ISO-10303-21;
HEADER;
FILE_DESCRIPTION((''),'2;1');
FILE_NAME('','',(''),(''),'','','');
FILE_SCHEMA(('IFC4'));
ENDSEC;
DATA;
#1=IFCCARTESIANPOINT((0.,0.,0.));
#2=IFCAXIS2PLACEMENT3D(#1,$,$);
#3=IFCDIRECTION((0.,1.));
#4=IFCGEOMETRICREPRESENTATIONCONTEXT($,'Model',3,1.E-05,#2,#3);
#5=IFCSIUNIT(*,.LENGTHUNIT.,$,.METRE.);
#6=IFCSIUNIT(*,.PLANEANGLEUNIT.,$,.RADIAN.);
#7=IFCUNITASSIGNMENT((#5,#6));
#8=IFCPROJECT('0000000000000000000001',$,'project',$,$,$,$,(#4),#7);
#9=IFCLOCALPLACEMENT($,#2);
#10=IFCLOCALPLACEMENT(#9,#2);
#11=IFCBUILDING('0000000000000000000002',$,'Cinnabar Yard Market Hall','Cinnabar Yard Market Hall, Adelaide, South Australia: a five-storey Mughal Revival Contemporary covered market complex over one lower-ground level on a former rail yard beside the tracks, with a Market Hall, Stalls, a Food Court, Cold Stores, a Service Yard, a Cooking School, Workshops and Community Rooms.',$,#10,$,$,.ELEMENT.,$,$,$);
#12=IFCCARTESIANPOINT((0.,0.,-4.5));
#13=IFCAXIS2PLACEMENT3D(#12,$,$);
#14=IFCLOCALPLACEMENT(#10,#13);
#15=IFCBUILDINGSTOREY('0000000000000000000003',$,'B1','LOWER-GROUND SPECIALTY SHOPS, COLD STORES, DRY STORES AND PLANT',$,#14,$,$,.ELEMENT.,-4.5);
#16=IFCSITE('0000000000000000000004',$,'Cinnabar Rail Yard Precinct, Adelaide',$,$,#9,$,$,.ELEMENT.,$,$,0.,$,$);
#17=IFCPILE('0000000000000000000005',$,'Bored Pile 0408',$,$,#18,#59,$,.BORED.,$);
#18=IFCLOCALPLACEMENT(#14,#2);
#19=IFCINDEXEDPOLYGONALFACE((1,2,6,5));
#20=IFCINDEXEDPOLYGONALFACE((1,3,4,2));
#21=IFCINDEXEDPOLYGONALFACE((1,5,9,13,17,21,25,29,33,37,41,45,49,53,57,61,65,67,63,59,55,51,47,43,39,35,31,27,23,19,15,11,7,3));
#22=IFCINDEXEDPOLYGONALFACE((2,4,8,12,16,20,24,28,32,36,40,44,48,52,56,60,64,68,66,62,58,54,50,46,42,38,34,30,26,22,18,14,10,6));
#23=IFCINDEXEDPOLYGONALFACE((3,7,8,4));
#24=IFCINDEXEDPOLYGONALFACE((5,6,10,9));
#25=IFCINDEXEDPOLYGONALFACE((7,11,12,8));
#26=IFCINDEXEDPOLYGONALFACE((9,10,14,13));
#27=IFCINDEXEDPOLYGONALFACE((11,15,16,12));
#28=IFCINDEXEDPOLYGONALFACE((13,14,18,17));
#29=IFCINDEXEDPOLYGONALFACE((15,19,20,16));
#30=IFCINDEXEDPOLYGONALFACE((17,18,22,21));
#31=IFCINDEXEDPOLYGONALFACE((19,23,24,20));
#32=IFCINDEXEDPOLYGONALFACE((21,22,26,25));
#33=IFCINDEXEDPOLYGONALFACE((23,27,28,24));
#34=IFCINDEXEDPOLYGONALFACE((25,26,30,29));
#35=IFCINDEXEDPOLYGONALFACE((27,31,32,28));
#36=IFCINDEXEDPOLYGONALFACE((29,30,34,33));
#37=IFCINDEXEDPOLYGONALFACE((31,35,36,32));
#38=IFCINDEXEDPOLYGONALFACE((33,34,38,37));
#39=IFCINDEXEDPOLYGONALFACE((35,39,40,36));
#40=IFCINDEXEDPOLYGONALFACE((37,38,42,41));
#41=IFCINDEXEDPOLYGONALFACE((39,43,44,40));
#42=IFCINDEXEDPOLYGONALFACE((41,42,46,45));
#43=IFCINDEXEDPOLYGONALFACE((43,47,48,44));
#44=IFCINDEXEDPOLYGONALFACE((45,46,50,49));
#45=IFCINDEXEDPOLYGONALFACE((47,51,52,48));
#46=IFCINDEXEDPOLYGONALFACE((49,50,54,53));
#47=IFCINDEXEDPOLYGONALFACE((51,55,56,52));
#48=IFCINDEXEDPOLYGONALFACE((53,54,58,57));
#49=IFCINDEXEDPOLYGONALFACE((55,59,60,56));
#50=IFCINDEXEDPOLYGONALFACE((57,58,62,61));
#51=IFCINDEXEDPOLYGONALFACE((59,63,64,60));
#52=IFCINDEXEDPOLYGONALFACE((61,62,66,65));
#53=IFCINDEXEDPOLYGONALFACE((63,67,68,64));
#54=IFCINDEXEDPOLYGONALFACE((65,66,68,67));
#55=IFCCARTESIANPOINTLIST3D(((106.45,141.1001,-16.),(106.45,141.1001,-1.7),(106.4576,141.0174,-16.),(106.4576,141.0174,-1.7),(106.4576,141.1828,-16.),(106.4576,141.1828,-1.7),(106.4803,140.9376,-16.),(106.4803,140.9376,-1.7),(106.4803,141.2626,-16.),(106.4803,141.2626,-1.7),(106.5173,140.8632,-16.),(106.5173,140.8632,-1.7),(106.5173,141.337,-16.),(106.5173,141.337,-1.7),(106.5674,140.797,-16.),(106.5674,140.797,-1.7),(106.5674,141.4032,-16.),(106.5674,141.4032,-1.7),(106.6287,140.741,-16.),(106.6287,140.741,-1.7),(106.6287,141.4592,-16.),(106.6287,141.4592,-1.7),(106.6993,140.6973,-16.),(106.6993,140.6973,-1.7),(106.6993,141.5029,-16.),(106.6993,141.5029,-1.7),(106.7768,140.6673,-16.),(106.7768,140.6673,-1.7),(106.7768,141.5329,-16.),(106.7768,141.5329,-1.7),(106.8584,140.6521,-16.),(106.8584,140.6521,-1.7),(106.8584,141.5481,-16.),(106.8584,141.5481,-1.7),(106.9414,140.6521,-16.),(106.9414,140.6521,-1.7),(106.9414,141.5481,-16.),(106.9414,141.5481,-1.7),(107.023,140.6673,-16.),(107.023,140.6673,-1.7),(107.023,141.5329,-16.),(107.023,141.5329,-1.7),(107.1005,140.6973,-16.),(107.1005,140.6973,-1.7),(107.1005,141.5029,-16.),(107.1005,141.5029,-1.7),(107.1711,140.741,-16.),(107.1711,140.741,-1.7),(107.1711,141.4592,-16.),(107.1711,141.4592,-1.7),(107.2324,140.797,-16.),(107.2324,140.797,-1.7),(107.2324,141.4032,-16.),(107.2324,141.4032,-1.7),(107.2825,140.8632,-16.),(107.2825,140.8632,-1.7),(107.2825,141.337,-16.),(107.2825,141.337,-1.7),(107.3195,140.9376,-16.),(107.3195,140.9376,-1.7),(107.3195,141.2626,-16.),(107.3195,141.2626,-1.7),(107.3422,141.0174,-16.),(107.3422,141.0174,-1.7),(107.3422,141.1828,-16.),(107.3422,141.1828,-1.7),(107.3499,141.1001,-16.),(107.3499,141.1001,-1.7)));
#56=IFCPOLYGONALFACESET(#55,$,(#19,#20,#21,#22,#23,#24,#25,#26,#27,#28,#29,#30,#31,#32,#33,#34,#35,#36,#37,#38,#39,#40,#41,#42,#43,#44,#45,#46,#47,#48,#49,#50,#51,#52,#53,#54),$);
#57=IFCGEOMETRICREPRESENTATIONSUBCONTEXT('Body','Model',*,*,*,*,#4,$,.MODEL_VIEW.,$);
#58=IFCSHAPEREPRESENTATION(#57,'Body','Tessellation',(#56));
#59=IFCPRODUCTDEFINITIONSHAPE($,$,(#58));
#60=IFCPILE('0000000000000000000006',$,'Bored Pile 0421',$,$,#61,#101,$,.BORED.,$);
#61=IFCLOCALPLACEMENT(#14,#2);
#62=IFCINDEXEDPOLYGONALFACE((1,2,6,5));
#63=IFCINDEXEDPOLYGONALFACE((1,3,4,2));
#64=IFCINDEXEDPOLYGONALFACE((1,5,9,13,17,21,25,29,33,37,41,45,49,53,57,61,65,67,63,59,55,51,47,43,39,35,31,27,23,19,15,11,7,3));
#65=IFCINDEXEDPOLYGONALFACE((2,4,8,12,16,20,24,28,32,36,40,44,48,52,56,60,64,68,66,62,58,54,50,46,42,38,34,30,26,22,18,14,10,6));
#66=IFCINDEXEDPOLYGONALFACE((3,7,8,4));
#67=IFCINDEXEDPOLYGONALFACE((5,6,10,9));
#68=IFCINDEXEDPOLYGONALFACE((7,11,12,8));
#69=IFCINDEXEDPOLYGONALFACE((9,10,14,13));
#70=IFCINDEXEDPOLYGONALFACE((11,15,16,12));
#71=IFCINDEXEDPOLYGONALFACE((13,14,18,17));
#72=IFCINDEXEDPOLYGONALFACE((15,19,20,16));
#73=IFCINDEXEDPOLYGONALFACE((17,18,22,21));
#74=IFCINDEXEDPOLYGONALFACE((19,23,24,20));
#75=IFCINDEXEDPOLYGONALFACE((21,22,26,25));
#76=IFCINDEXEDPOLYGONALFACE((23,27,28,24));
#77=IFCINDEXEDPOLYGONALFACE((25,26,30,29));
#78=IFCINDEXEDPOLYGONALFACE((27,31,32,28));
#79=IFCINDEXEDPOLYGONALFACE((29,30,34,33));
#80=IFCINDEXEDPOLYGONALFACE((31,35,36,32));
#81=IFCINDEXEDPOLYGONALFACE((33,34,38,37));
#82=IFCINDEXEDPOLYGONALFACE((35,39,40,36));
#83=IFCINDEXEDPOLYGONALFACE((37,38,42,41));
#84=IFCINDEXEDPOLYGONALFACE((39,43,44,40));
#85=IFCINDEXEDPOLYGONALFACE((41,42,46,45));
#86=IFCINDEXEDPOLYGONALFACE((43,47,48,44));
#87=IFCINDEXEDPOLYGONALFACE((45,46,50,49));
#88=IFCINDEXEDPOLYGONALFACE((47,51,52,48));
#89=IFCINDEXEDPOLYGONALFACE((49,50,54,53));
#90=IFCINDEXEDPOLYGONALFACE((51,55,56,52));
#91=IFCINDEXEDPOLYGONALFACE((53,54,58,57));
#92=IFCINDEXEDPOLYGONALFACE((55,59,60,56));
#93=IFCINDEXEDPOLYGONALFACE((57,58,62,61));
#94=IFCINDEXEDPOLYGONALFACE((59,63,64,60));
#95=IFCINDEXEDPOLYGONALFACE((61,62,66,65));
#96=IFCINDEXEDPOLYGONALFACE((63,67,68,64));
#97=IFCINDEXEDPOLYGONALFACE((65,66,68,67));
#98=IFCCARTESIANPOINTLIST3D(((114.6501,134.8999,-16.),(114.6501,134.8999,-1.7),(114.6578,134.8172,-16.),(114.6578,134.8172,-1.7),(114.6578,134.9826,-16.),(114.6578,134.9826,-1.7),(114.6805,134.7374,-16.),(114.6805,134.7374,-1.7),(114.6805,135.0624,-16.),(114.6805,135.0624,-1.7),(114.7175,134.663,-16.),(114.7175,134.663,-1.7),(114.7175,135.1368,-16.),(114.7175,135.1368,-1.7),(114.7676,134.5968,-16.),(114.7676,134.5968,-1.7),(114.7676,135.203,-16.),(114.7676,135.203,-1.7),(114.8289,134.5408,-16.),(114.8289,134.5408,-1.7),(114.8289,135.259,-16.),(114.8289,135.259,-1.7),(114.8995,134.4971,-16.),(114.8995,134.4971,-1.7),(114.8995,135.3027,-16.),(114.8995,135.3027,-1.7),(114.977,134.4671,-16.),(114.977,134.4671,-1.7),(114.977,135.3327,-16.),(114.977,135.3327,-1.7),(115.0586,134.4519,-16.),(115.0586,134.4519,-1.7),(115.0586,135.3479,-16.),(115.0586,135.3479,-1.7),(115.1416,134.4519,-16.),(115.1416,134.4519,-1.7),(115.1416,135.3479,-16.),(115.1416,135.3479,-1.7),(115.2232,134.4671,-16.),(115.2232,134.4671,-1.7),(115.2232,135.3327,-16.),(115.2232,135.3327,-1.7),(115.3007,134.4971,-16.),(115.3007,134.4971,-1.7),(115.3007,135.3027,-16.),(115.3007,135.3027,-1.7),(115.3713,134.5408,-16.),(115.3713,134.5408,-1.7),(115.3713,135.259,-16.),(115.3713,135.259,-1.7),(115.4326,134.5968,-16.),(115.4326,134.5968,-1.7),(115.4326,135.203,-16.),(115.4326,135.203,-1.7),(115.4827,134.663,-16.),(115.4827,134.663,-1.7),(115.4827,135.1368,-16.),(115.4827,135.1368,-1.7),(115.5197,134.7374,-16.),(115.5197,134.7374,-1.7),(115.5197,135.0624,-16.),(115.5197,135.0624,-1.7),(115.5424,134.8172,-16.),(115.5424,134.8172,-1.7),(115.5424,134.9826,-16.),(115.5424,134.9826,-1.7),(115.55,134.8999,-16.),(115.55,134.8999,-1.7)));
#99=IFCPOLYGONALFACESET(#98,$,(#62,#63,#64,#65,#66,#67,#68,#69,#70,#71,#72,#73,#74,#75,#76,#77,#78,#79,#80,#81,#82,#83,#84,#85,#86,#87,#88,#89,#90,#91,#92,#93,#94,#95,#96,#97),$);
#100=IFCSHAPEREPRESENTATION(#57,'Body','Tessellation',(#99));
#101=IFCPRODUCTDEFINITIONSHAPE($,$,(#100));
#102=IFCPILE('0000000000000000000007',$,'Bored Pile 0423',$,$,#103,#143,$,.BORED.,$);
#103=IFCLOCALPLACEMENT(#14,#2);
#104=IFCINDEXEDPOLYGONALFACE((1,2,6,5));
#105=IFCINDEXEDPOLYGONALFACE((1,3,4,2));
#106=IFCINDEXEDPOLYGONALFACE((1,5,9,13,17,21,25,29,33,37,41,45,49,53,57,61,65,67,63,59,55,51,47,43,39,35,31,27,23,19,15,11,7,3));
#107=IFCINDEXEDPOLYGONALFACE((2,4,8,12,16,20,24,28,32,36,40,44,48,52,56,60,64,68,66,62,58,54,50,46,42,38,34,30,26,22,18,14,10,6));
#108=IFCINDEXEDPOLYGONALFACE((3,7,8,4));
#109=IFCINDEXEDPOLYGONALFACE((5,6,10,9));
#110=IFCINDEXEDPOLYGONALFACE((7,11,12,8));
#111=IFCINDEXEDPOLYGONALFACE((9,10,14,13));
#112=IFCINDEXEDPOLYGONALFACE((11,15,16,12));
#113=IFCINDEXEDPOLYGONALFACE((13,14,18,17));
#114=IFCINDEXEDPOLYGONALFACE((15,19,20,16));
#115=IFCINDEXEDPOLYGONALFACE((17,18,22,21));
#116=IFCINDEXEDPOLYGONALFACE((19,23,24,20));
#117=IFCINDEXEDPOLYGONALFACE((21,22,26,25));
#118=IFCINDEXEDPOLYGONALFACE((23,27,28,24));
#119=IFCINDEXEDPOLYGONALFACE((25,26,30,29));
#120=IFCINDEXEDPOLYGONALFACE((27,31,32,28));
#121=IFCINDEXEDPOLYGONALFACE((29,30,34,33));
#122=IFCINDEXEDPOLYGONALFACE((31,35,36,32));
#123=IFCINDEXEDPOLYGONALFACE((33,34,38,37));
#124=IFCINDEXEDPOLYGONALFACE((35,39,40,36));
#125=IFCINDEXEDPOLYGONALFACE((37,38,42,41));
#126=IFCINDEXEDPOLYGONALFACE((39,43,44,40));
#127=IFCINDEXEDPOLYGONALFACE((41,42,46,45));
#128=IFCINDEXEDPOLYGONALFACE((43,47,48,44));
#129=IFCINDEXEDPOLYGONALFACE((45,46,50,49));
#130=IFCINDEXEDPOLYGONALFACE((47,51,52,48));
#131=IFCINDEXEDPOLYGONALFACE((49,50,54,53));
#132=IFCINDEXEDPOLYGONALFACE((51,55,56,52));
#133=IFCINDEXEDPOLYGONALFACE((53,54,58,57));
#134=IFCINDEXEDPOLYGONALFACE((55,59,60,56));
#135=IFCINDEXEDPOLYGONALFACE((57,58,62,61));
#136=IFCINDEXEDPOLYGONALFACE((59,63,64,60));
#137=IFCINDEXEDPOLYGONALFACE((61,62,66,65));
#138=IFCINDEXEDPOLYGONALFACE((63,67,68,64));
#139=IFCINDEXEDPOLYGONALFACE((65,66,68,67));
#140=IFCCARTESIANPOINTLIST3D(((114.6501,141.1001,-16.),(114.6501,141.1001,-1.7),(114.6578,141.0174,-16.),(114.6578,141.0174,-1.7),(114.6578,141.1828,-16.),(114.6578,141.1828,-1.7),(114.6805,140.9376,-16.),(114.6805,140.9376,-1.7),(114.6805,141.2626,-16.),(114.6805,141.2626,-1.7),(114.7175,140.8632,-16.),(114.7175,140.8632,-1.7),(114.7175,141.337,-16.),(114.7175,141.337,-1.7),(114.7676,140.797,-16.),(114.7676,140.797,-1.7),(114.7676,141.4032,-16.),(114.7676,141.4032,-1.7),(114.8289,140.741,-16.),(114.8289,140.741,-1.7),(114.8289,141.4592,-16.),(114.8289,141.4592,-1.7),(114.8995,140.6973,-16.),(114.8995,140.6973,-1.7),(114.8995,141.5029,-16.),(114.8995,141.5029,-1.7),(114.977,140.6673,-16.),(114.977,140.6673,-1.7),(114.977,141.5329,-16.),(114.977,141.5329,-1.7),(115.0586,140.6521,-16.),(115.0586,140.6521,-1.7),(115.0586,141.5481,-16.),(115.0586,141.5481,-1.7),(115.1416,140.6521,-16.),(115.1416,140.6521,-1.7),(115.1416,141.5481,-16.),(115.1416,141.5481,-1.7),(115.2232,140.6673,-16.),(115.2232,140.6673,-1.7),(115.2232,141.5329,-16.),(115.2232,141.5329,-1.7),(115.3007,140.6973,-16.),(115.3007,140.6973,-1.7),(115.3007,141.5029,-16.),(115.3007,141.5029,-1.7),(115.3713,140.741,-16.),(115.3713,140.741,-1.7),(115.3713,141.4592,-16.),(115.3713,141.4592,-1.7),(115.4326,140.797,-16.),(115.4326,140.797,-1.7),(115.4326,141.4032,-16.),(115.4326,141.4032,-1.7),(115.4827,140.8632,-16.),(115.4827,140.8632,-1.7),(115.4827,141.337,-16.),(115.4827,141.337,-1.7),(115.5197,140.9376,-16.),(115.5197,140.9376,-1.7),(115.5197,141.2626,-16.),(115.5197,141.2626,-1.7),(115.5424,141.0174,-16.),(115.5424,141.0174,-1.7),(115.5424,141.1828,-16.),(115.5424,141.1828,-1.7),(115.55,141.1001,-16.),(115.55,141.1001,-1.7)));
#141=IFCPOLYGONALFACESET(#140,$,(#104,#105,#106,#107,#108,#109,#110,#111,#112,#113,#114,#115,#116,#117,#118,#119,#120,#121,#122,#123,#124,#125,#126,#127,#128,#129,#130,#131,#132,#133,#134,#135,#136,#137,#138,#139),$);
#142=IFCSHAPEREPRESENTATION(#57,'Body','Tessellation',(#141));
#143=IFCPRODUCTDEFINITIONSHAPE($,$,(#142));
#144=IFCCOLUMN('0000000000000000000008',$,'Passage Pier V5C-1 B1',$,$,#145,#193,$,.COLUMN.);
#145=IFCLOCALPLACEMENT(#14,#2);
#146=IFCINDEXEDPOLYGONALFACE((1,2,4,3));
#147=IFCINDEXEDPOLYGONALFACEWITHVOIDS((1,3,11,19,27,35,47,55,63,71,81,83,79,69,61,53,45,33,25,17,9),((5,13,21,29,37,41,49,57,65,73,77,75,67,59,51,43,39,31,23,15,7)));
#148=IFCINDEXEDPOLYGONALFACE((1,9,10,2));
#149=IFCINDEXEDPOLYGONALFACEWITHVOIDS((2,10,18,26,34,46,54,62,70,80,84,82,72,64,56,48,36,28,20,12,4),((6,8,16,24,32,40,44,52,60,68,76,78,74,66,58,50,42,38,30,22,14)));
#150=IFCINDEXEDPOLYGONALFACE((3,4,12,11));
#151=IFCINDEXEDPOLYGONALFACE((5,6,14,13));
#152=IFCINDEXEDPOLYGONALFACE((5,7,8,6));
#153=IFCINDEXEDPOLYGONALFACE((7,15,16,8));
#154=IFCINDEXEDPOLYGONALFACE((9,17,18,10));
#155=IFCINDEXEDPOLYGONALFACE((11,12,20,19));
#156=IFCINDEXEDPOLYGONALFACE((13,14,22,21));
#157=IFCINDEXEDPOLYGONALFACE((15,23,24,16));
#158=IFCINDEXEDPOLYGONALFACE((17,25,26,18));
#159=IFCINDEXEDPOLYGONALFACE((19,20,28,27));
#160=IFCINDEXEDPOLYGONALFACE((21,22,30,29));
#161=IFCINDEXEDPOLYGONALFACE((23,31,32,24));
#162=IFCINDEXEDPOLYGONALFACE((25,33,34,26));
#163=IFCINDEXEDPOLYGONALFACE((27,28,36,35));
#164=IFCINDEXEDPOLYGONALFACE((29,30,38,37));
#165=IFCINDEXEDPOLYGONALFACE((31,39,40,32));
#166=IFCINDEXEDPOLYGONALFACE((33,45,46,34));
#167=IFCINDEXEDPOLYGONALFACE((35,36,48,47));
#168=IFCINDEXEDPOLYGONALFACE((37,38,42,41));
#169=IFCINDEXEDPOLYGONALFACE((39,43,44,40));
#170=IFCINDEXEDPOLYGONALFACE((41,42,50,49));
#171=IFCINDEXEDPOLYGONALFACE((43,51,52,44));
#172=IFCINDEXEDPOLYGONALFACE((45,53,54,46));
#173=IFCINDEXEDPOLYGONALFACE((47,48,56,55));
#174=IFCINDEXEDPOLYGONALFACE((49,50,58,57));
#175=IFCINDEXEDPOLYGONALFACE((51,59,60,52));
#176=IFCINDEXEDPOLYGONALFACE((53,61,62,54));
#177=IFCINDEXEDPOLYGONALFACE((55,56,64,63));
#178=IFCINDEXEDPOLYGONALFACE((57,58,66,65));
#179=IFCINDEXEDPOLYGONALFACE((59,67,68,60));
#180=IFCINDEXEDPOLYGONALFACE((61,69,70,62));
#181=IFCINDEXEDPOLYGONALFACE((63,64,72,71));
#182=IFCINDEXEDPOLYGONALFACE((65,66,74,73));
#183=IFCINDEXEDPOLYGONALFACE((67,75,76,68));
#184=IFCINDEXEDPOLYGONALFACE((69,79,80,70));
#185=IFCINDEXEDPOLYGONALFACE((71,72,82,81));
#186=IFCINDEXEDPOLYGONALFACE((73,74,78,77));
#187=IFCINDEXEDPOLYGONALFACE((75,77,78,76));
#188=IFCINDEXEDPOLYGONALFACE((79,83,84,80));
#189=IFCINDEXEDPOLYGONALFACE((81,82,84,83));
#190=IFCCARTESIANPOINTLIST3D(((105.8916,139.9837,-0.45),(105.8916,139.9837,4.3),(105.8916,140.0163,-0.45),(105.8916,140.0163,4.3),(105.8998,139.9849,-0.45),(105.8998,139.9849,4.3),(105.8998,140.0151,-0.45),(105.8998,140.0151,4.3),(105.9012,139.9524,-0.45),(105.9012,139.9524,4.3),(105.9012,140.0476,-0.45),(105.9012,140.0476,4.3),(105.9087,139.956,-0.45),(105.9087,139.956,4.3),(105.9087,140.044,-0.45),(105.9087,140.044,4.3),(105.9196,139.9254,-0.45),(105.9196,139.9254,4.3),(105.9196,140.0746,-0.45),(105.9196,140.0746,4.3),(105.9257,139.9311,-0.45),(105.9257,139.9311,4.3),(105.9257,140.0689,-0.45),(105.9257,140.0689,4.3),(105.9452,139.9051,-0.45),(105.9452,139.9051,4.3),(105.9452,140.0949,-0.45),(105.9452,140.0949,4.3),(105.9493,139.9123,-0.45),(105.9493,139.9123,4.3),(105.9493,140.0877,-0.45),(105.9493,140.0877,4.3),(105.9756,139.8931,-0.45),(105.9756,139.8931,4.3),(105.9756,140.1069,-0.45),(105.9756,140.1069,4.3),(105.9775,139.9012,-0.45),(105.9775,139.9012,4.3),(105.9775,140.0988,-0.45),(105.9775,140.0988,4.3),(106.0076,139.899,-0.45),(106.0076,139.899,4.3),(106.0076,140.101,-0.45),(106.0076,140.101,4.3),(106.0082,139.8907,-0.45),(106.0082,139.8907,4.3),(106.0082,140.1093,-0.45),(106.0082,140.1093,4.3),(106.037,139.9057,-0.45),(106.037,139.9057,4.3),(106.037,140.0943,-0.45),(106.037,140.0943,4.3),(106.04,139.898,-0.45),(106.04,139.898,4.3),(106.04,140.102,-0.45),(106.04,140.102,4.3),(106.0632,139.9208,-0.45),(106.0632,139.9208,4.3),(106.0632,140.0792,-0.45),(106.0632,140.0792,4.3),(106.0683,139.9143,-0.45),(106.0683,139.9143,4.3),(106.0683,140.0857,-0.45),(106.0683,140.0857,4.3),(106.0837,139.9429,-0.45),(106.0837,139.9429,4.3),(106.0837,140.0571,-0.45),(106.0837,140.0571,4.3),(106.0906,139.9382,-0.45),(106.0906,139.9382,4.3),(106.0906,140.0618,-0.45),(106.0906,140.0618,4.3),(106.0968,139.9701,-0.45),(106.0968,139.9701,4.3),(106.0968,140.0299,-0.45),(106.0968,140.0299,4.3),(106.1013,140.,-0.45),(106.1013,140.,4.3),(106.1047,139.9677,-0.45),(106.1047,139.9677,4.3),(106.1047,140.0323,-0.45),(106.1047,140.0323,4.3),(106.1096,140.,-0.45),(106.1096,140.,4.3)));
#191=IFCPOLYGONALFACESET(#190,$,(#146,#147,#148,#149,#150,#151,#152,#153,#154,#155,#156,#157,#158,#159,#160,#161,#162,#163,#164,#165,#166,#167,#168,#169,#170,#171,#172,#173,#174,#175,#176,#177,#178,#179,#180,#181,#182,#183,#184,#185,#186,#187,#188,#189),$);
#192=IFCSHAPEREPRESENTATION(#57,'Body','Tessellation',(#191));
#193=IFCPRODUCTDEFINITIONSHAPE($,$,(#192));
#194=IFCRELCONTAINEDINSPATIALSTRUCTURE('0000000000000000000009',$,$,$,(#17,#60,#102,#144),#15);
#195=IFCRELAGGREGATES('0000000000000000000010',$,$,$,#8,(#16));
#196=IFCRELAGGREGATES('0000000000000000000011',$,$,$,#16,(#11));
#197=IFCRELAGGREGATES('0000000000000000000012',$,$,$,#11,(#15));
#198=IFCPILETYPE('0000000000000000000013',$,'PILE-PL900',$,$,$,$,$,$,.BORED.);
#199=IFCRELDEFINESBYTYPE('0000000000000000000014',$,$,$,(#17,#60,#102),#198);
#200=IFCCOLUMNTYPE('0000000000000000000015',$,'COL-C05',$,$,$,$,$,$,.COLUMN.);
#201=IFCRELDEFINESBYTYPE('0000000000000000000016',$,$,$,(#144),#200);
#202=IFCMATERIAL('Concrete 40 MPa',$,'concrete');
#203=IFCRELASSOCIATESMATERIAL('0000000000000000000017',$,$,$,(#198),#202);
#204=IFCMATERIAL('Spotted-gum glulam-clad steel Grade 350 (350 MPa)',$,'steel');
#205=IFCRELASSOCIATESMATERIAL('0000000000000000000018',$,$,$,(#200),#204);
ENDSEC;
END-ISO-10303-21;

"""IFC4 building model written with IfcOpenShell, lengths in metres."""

from ifc_helpers import new_model, si_unit, direction, frame, origin, origin_2d_with_axis, place, context, subcontext, project, spatial, circle, hollow_circle, extrude, material, material_profile, profile_set, type_object, element, save


model = new_model("IFC4")

# Units and contexts
model_context = context("Model", 3, precision=1e-05, world=origin(), true_north=direction((0.0, 1.0)))
body_context = subcontext(model_context, "Body", "Model", "MODEL_VIEW")
ifc_project = project(units=[si_unit("LENGTHUNIT", "METRE"), si_unit("PLANEANGLEUNIT", "RADIAN")], contexts=[model_context])

# Site, building, storey
site_placement = place(None, origin())
site = spatial("IfcSite", under=ifc_project, at=site_placement, Name="Cinnabar Rail Yard Precinct, Adelaide", CompositionType="ELEMENT", RefElevation=0.0)
building_placement = place(site_placement, origin())
building = spatial("IfcBuilding", under=site, at=building_placement, Name="Cinnabar Yard Market Hall", Description="Cinnabar Yard Market Hall, Adelaide, South Australia: a five-storey Mughal Revival Contemporary covered market complex over one lower-ground level on a former rail yard beside the tracks, with a Market Hall, Stalls, a Food Court, Cold Stores, a Service Yard, a Cooking School, Workshops and Community Rooms.", CompositionType="ELEMENT")
storey_placement = place(building_placement, frame((0.0, 0.0, -4.5)))
storey = spatial("IfcBuildingStorey", under=building, at=storey_placement, Name="B1", Description="LOWER-GROUND SPECIALTY SHOPS, COLD STORES, DRY STORES AND PLANT", CompositionType="ELEMENT", Elevation=-4.5)

# Shared definitions
ifc_material_1 = material(Name="Concrete 40 MPa", Category="concrete")

# Piles
ifc_material_profile_1 = material_profile(ifc_material_1, circle(Radius=0.45, at=origin_2d_with_axis()), Name="PILE-D900")
ifc_profile_set_1 = profile_set([ifc_material_profile_1], Name="Concrete 40 MPa")
pile_type_1 = type_object("IfcPileType", Name="PILE-PL900", PredefinedType="BORED", material=ifc_profile_set_1)
for number, where, z_axis, x_axis, name in (
    (1, (106.8999, 141.1001, -1.7), (0.0, 0.0, -1.0), (1.0, 0.0, 0.0), "Bored Pile 0408"),
    (2, (115.1001, 134.8999, -1.7), (0.0, 0.0, -1.0), (1.0, 0.0, 0.0), "Bored Pile 0421"),
    (3, (115.1001, 141.1001, -1.7), (0.0, 0.0, -1.0), (1.0, 0.0, 0.0), "Bored Pile 0423"),
):
    element("IfcPile", number, at=place(storey_placement, frame(where, z_axis=z_axis, x_axis=x_axis)), inside=storey, type_object=pile_type_1, Name=name, PredefinedType="BORED", context=body_context, shape_type="SweptSolid", body=[
        extrude(circle(Radius=0.45, at=origin_2d_with_axis()), origin(), (0.0, 0.0, 1.0), 14.3),
    ])

# Column
ifc_material_2 = material(Name="Spotted-gum glulam-clad steel Grade 350 (350 MPa)", Category="steel")
ifc_material_profile_2 = material_profile(ifc_material_2, hollow_circle(Radius=0.1096, WallThickness=0.0083, at=origin_2d_with_axis()), Name="219.1x8.2CHS")
ifc_profile_set_2 = profile_set([ifc_material_profile_2], Name="Spotted-gum glulam-clad steel Grade 350 (350 MPa)")
column_type_1 = type_object("IfcColumnType", Name="COL-C05", PredefinedType="COLUMN", material=ifc_profile_set_2)
column_1_placement = place(storey_placement, frame((106.0, 140.0, -0.45), z_axis=(0.0, 0.0, 1.0), x_axis=(1.0, 0.0, 0.0)))
element("IfcColumn", 4, at=column_1_placement, inside=storey, type_object=column_type_1, Name="Passage Pier V5C-1 B1", PredefinedType="COLUMN", context=body_context, shape_type="SweptSolid", body=[
    extrude(hollow_circle(Radius=0.1096, WallThickness=0.0083, at=origin_2d_with_axis()), origin(), (0.0, 0.0, 1.0), 4.75),
])

save(model, "model.ifc")
